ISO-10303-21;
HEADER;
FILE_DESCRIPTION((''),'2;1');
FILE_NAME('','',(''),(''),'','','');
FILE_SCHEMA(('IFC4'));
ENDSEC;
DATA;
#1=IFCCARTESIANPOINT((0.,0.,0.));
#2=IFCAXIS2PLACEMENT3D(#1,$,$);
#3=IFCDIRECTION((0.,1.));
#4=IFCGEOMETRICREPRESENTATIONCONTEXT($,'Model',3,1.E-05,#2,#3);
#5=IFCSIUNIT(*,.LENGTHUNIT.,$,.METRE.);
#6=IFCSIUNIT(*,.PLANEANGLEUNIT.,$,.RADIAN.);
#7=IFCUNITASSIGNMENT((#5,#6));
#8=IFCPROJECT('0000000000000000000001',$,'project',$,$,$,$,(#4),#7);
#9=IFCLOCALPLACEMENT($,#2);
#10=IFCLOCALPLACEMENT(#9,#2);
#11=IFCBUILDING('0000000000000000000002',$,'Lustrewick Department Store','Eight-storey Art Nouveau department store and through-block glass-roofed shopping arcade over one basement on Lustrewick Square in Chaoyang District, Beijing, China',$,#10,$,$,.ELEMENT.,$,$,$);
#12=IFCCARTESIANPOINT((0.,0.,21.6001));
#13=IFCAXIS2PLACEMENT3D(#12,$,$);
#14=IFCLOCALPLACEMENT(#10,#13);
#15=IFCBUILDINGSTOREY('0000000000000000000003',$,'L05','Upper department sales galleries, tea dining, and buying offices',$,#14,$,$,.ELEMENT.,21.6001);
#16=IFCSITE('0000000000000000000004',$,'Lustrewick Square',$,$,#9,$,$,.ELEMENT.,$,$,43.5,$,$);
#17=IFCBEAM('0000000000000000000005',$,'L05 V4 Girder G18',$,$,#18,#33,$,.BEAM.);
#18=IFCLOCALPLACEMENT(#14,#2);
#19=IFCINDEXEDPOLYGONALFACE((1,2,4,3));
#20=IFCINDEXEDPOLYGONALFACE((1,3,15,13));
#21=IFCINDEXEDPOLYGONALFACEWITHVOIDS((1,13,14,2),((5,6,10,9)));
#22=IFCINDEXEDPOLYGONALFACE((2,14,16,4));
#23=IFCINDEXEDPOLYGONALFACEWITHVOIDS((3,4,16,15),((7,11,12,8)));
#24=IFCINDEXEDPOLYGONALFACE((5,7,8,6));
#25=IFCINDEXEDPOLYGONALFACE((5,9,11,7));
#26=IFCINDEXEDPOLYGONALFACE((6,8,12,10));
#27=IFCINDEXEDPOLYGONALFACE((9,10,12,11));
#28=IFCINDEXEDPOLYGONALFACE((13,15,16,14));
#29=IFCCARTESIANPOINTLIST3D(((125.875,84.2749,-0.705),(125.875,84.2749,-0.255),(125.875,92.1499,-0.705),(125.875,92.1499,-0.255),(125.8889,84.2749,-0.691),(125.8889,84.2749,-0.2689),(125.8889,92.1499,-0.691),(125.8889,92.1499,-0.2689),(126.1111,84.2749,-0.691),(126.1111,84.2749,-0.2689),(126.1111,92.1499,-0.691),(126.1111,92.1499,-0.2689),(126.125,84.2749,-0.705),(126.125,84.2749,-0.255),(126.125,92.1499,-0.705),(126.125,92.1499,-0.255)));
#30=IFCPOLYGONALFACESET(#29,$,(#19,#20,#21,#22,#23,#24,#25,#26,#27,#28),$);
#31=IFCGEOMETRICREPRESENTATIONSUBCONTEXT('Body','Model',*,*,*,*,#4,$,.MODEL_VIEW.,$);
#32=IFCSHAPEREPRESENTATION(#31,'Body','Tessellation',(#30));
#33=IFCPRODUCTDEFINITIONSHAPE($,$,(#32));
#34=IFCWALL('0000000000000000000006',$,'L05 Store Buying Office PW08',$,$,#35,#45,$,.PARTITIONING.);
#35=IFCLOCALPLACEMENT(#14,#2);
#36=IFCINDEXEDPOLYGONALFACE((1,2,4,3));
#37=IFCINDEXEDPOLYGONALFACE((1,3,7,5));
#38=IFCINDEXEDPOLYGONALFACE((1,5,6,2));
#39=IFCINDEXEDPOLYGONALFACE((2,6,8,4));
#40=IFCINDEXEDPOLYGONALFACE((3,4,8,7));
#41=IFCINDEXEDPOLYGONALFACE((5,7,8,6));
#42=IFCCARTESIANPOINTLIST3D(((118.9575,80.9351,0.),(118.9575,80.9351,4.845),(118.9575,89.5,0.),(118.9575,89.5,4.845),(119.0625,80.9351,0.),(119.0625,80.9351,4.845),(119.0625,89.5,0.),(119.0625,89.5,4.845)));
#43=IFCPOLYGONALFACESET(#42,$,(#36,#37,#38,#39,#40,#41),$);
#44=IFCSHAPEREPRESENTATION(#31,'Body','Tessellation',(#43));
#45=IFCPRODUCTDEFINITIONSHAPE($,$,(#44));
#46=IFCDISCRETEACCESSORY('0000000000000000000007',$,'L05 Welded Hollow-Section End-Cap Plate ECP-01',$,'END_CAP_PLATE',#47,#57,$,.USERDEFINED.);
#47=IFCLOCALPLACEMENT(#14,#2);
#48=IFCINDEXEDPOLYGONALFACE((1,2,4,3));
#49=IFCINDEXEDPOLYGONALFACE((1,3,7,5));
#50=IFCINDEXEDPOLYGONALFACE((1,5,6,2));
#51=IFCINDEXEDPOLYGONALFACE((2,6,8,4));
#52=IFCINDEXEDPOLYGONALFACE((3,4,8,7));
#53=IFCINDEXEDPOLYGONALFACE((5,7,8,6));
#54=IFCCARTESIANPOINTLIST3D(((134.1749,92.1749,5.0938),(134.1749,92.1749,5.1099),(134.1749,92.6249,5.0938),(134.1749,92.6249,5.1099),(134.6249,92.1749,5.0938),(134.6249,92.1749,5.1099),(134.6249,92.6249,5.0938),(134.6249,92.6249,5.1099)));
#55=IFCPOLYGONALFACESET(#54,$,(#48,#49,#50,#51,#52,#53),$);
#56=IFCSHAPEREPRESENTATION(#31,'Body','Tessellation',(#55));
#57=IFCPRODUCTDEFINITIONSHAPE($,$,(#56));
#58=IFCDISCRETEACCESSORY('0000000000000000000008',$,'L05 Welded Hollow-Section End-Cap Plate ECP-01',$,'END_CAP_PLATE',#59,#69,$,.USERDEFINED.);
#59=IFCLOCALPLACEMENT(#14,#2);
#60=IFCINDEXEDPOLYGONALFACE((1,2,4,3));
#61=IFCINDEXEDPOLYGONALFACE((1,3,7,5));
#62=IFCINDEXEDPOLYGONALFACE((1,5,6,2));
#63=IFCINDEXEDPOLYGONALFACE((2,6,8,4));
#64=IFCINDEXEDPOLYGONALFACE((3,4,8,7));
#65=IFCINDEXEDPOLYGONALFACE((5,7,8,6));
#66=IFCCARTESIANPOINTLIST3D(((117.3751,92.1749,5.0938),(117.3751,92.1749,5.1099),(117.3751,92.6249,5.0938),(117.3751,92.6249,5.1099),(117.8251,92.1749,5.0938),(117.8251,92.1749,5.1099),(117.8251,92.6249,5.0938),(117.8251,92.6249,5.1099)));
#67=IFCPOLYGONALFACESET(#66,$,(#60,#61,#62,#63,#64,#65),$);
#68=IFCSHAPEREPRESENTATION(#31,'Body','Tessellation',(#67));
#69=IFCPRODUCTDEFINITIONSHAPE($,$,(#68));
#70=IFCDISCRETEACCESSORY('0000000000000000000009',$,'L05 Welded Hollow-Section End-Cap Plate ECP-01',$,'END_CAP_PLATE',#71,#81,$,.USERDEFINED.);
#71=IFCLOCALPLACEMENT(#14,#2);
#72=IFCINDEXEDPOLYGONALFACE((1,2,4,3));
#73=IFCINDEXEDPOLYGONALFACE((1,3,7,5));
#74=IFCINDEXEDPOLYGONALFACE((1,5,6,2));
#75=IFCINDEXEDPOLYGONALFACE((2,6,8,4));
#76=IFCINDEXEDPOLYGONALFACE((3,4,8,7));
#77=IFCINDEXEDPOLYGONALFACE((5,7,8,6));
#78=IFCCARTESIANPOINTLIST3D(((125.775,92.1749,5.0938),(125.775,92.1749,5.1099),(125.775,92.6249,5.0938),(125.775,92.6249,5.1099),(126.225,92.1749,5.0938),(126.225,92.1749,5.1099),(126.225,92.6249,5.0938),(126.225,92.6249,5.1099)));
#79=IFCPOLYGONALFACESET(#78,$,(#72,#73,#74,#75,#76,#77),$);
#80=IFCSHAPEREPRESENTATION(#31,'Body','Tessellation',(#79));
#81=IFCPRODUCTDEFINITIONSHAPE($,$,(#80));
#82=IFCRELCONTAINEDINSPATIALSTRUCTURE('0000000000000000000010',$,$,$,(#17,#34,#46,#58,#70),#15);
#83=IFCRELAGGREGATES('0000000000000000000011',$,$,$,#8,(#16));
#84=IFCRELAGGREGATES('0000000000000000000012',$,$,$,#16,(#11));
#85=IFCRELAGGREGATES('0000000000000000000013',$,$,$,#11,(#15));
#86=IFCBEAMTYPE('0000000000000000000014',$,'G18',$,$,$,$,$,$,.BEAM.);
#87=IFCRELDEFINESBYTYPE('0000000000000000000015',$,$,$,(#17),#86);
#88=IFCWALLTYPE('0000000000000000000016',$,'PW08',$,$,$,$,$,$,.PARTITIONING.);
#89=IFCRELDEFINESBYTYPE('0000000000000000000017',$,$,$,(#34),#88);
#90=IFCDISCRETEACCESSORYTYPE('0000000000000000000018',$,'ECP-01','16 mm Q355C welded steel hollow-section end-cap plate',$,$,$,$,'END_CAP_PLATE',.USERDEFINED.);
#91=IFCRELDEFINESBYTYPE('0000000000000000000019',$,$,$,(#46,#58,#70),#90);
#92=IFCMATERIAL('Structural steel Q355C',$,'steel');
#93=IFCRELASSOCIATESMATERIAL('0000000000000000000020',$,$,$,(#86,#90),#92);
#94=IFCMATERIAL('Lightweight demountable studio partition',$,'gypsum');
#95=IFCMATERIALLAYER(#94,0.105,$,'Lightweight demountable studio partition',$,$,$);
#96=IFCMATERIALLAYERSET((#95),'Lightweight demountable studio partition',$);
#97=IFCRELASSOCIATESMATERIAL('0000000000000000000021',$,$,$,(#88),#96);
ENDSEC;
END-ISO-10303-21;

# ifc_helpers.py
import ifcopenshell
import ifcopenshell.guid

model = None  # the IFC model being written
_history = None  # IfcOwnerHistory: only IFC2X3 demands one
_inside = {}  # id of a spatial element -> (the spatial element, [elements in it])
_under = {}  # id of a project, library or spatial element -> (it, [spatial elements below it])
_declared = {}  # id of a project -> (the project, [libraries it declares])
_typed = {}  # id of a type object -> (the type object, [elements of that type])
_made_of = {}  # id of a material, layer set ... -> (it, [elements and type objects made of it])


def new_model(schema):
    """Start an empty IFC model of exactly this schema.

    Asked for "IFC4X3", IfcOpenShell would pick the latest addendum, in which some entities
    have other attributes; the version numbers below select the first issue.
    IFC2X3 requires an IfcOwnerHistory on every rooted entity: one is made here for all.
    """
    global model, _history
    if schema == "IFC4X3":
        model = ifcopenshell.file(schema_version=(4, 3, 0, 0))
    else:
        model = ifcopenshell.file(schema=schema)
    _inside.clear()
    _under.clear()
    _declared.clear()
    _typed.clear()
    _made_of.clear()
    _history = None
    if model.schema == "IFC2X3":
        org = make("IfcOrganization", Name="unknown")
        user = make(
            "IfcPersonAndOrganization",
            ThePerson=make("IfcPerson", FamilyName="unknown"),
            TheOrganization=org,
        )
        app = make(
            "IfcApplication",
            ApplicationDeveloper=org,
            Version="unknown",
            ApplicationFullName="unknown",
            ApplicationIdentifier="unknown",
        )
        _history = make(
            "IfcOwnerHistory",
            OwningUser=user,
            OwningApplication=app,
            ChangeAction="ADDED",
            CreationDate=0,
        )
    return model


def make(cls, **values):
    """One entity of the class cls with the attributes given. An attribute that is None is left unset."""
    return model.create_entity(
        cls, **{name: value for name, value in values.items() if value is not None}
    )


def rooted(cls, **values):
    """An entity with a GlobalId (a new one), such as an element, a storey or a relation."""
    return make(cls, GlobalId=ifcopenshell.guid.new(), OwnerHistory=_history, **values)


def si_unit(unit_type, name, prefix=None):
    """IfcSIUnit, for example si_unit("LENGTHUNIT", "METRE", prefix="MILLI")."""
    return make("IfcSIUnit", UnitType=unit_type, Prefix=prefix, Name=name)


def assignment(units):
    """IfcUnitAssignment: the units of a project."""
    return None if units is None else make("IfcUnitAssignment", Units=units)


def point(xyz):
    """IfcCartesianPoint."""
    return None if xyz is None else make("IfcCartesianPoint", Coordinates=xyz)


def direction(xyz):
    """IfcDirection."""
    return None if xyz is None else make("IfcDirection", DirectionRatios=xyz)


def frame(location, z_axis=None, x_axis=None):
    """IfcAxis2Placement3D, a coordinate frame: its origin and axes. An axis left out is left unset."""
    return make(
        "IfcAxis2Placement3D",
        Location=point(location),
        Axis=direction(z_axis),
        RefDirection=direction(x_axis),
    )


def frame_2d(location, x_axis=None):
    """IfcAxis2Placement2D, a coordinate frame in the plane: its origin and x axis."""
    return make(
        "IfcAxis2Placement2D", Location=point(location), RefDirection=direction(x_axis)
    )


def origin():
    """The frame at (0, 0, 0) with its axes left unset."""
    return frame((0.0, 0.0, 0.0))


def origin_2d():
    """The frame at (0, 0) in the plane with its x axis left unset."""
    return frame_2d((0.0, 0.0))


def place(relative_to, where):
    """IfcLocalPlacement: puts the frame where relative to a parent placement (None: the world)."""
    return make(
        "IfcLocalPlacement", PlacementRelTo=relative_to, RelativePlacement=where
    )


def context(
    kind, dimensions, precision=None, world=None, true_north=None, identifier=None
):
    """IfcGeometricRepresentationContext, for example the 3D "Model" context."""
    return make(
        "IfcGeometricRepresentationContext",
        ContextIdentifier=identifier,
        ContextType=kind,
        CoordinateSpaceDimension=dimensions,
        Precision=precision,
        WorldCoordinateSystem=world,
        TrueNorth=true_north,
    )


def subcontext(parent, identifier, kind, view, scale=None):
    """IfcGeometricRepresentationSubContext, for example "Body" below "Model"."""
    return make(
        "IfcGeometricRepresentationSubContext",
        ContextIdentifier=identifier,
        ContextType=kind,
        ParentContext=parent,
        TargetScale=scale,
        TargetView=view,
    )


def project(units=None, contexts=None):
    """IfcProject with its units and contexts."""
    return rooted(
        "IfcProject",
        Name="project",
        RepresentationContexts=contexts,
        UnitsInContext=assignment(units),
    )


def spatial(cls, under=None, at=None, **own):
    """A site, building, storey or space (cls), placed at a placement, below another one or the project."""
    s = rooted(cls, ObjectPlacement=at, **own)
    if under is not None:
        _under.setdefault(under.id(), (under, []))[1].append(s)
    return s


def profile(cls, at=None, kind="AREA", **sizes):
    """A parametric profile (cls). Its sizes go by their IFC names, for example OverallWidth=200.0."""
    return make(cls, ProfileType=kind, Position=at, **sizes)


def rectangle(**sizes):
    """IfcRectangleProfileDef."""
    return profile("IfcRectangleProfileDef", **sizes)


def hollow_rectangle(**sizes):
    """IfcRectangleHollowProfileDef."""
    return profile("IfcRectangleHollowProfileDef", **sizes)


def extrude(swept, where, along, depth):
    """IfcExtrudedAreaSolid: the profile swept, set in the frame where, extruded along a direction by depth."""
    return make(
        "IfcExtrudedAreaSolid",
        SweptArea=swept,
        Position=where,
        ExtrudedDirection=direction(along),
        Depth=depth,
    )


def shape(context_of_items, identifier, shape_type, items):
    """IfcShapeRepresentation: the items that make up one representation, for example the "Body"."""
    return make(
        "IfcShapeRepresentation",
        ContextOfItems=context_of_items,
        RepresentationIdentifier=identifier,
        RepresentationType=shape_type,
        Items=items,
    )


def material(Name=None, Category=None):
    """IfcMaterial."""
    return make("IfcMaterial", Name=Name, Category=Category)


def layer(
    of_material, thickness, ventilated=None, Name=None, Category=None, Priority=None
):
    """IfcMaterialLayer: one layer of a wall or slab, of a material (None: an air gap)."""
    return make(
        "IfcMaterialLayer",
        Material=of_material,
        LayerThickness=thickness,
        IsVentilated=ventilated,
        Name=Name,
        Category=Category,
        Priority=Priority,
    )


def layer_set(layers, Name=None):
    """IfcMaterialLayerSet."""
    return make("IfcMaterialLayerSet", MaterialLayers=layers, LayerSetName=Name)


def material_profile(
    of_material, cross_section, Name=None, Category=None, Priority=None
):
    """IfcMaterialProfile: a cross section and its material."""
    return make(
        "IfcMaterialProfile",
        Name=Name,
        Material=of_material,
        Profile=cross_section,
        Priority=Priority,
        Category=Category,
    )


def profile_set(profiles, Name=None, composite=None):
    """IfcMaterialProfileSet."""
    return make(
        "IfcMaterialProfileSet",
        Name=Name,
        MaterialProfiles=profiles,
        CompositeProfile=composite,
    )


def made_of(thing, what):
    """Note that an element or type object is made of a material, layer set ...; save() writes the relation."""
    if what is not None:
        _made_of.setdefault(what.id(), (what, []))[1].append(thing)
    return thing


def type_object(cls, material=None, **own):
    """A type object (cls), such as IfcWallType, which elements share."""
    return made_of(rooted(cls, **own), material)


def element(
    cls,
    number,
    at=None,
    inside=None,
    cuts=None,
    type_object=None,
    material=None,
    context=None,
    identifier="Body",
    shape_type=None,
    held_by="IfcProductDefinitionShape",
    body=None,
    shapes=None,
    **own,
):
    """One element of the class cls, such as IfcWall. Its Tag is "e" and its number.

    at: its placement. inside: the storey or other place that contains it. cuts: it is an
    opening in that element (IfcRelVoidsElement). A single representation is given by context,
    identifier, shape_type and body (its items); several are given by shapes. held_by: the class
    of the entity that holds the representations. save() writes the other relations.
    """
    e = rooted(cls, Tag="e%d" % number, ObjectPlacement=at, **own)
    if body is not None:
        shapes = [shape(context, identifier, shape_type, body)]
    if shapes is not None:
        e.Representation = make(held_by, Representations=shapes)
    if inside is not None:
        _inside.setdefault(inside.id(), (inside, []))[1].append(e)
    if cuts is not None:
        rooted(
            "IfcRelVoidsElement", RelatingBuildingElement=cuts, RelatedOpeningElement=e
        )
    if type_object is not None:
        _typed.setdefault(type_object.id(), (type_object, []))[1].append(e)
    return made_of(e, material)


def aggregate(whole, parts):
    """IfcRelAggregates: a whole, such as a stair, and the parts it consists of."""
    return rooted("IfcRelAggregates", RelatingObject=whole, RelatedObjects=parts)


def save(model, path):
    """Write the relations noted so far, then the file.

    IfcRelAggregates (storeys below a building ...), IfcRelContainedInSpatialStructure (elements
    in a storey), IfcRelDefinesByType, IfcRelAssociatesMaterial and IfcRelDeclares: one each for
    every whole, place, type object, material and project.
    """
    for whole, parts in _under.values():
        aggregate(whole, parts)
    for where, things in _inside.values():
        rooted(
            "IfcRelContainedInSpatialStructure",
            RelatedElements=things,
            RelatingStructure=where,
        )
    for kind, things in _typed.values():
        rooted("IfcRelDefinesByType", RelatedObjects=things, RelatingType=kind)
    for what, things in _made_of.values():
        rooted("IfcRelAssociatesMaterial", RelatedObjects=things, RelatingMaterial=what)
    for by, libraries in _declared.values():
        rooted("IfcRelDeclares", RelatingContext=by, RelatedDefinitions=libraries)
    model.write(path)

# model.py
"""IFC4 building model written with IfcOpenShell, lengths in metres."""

from ifc_helpers import new_model, si_unit, direction, frame, frame_2d, origin, origin_2d, place, context, subcontext, project, spatial, rectangle, hollow_rectangle, extrude, material, layer, layer_set, material_profile, profile_set, type_object, element, save


model = new_model("IFC4")

# Units and contexts
model_context = context("Model", 3, precision=1e-05, world=origin(), true_north=direction((0.0, 1.0)))
body_context = subcontext(model_context, "Body", "Model", "MODEL_VIEW")
ifc_project = project(units=[si_unit("LENGTHUNIT", "METRE"), si_unit("PLANEANGLEUNIT", "RADIAN")], contexts=[model_context])

# Site, building, storey
site_placement = place(None, origin())
site = spatial("IfcSite", under=ifc_project, at=site_placement, Name="Lustrewick Square", CompositionType="ELEMENT", RefElevation=43.5)
building_placement = place(site_placement, origin())
building = spatial("IfcBuilding", under=site, at=building_placement, Name="Lustrewick Department Store", Description="Eight-storey Art Nouveau department store and through-block glass-roofed shopping arcade over one basement on Lustrewick Square in Chaoyang District, Beijing, China", CompositionType="ELEMENT")
storey_placement = place(building_placement, frame((0.0, 0.0, 21.6001)))
storey = spatial("IfcBuildingStorey", under=building, at=storey_placement, Name="L05", Description="Upper department sales galleries, tea dining, and buying offices", CompositionType="ELEMENT", Elevation=21.6001)

# Beam
ifc_material_1 = material(Name="Structural steel Q355C", Category="steel")
ifc_material_profile_1 = material_profile(ifc_material_1, hollow_rectangle(XDim=0.25, YDim=0.45, WallThickness=0.0139, at=origin_2d()), Name="RHS 450x250x14")
ifc_profile_set_1 = profile_set([ifc_material_profile_1], Name="Structural steel Q355C")
beam_type_1 = type_object("IfcBeamType", Name="G18", PredefinedType="BEAM", material=ifc_profile_set_1)
beam_1_placement = place(storey_placement, frame((126.0, 84.2749, -0.48), z_axis=(0.0, 1.0, 0.0), x_axis=(-1.0, 0.0, 0.0)))
element("IfcBeam", 1, at=beam_1_placement, inside=storey, type_object=beam_type_1, Name="L05 V4 Girder G18", PredefinedType="BEAM", context=body_context, shape_type="SweptSolid", body=[
    extrude(hollow_rectangle(XDim=0.25, YDim=0.45, WallThickness=0.0139, at=origin_2d()), origin(), (0.0, 0.0, 1.0), 7.875),
])

# Wall
ifc_material_2 = material(Name="Lightweight demountable studio partition", Category="gypsum")
ifc_layer = layer(ifc_material_2, 0.105, Name="Lightweight demountable studio partition")
ifc_layer_set = layer_set([ifc_layer], Name="Lightweight demountable studio partition")
wall_type = type_object("IfcWallType", Name="PW08", PredefinedType="PARTITIONING", material=ifc_layer_set)
wall_placement = place(storey_placement, frame((119.01, 89.5, 0.0), z_axis=(0.0, 0.0, 1.0), x_axis=(0.0, -1.0, 0.0)))
element("IfcWall", 2, at=wall_placement, inside=storey, type_object=wall_type, Name="L05 Store Buying Office PW08", PredefinedType="PARTITIONING", context=body_context, shape_type="SweptSolid", body=[
    extrude(rectangle(XDim=8.5649, YDim=0.105, at=frame_2d((4.2825, 0.0))), origin(), (0.0, 0.0, 1.0), 4.845),
])

# Discrete accessories
discrete_accessory_type = type_object("IfcDiscreteAccessoryType", Name="ECP-01", Description="16 mm Q355C welded steel hollow-section end-cap plate", ElementType="END_CAP_PLATE", PredefinedType="USERDEFINED", material=ifc_material_1)
for number, where, z_axis, x_axis, name in (
    (3, (134.3999, 92.3999, 5.0938), (0.0, 0.0, 1.0), (1.0, 0.0, 0.0), "L05 Welded Hollow-Section End-Cap Plate ECP-01"),
    (4, (117.6001, 92.3999, 5.0938), (0.0, 0.0, 1.0), (1.0, 0.0, 0.0), "L05 Welded Hollow-Section End-Cap Plate ECP-01"),
    (5, (126.0, 92.3999, 5.0938), (0.0, 0.0, 1.0), (1.0, 0.0, 0.0), "L05 Welded Hollow-Section End-Cap Plate ECP-01"),
):
    element("IfcDiscreteAccessory", number, at=place(storey_placement, frame(where, z_axis=z_axis, x_axis=x_axis)), inside=storey, type_object=discrete_accessory_type, Name=name, ObjectType="END_CAP_PLATE", PredefinedType="USERDEFINED", context=body_context, shape_type="SweptSolid", body=[
        extrude(rectangle(XDim=0.45, YDim=0.45, at=origin_2d()), origin(), (0.0, 0.0, 1.0), 0.0161),
    ])

save(model, "model.ifc")
